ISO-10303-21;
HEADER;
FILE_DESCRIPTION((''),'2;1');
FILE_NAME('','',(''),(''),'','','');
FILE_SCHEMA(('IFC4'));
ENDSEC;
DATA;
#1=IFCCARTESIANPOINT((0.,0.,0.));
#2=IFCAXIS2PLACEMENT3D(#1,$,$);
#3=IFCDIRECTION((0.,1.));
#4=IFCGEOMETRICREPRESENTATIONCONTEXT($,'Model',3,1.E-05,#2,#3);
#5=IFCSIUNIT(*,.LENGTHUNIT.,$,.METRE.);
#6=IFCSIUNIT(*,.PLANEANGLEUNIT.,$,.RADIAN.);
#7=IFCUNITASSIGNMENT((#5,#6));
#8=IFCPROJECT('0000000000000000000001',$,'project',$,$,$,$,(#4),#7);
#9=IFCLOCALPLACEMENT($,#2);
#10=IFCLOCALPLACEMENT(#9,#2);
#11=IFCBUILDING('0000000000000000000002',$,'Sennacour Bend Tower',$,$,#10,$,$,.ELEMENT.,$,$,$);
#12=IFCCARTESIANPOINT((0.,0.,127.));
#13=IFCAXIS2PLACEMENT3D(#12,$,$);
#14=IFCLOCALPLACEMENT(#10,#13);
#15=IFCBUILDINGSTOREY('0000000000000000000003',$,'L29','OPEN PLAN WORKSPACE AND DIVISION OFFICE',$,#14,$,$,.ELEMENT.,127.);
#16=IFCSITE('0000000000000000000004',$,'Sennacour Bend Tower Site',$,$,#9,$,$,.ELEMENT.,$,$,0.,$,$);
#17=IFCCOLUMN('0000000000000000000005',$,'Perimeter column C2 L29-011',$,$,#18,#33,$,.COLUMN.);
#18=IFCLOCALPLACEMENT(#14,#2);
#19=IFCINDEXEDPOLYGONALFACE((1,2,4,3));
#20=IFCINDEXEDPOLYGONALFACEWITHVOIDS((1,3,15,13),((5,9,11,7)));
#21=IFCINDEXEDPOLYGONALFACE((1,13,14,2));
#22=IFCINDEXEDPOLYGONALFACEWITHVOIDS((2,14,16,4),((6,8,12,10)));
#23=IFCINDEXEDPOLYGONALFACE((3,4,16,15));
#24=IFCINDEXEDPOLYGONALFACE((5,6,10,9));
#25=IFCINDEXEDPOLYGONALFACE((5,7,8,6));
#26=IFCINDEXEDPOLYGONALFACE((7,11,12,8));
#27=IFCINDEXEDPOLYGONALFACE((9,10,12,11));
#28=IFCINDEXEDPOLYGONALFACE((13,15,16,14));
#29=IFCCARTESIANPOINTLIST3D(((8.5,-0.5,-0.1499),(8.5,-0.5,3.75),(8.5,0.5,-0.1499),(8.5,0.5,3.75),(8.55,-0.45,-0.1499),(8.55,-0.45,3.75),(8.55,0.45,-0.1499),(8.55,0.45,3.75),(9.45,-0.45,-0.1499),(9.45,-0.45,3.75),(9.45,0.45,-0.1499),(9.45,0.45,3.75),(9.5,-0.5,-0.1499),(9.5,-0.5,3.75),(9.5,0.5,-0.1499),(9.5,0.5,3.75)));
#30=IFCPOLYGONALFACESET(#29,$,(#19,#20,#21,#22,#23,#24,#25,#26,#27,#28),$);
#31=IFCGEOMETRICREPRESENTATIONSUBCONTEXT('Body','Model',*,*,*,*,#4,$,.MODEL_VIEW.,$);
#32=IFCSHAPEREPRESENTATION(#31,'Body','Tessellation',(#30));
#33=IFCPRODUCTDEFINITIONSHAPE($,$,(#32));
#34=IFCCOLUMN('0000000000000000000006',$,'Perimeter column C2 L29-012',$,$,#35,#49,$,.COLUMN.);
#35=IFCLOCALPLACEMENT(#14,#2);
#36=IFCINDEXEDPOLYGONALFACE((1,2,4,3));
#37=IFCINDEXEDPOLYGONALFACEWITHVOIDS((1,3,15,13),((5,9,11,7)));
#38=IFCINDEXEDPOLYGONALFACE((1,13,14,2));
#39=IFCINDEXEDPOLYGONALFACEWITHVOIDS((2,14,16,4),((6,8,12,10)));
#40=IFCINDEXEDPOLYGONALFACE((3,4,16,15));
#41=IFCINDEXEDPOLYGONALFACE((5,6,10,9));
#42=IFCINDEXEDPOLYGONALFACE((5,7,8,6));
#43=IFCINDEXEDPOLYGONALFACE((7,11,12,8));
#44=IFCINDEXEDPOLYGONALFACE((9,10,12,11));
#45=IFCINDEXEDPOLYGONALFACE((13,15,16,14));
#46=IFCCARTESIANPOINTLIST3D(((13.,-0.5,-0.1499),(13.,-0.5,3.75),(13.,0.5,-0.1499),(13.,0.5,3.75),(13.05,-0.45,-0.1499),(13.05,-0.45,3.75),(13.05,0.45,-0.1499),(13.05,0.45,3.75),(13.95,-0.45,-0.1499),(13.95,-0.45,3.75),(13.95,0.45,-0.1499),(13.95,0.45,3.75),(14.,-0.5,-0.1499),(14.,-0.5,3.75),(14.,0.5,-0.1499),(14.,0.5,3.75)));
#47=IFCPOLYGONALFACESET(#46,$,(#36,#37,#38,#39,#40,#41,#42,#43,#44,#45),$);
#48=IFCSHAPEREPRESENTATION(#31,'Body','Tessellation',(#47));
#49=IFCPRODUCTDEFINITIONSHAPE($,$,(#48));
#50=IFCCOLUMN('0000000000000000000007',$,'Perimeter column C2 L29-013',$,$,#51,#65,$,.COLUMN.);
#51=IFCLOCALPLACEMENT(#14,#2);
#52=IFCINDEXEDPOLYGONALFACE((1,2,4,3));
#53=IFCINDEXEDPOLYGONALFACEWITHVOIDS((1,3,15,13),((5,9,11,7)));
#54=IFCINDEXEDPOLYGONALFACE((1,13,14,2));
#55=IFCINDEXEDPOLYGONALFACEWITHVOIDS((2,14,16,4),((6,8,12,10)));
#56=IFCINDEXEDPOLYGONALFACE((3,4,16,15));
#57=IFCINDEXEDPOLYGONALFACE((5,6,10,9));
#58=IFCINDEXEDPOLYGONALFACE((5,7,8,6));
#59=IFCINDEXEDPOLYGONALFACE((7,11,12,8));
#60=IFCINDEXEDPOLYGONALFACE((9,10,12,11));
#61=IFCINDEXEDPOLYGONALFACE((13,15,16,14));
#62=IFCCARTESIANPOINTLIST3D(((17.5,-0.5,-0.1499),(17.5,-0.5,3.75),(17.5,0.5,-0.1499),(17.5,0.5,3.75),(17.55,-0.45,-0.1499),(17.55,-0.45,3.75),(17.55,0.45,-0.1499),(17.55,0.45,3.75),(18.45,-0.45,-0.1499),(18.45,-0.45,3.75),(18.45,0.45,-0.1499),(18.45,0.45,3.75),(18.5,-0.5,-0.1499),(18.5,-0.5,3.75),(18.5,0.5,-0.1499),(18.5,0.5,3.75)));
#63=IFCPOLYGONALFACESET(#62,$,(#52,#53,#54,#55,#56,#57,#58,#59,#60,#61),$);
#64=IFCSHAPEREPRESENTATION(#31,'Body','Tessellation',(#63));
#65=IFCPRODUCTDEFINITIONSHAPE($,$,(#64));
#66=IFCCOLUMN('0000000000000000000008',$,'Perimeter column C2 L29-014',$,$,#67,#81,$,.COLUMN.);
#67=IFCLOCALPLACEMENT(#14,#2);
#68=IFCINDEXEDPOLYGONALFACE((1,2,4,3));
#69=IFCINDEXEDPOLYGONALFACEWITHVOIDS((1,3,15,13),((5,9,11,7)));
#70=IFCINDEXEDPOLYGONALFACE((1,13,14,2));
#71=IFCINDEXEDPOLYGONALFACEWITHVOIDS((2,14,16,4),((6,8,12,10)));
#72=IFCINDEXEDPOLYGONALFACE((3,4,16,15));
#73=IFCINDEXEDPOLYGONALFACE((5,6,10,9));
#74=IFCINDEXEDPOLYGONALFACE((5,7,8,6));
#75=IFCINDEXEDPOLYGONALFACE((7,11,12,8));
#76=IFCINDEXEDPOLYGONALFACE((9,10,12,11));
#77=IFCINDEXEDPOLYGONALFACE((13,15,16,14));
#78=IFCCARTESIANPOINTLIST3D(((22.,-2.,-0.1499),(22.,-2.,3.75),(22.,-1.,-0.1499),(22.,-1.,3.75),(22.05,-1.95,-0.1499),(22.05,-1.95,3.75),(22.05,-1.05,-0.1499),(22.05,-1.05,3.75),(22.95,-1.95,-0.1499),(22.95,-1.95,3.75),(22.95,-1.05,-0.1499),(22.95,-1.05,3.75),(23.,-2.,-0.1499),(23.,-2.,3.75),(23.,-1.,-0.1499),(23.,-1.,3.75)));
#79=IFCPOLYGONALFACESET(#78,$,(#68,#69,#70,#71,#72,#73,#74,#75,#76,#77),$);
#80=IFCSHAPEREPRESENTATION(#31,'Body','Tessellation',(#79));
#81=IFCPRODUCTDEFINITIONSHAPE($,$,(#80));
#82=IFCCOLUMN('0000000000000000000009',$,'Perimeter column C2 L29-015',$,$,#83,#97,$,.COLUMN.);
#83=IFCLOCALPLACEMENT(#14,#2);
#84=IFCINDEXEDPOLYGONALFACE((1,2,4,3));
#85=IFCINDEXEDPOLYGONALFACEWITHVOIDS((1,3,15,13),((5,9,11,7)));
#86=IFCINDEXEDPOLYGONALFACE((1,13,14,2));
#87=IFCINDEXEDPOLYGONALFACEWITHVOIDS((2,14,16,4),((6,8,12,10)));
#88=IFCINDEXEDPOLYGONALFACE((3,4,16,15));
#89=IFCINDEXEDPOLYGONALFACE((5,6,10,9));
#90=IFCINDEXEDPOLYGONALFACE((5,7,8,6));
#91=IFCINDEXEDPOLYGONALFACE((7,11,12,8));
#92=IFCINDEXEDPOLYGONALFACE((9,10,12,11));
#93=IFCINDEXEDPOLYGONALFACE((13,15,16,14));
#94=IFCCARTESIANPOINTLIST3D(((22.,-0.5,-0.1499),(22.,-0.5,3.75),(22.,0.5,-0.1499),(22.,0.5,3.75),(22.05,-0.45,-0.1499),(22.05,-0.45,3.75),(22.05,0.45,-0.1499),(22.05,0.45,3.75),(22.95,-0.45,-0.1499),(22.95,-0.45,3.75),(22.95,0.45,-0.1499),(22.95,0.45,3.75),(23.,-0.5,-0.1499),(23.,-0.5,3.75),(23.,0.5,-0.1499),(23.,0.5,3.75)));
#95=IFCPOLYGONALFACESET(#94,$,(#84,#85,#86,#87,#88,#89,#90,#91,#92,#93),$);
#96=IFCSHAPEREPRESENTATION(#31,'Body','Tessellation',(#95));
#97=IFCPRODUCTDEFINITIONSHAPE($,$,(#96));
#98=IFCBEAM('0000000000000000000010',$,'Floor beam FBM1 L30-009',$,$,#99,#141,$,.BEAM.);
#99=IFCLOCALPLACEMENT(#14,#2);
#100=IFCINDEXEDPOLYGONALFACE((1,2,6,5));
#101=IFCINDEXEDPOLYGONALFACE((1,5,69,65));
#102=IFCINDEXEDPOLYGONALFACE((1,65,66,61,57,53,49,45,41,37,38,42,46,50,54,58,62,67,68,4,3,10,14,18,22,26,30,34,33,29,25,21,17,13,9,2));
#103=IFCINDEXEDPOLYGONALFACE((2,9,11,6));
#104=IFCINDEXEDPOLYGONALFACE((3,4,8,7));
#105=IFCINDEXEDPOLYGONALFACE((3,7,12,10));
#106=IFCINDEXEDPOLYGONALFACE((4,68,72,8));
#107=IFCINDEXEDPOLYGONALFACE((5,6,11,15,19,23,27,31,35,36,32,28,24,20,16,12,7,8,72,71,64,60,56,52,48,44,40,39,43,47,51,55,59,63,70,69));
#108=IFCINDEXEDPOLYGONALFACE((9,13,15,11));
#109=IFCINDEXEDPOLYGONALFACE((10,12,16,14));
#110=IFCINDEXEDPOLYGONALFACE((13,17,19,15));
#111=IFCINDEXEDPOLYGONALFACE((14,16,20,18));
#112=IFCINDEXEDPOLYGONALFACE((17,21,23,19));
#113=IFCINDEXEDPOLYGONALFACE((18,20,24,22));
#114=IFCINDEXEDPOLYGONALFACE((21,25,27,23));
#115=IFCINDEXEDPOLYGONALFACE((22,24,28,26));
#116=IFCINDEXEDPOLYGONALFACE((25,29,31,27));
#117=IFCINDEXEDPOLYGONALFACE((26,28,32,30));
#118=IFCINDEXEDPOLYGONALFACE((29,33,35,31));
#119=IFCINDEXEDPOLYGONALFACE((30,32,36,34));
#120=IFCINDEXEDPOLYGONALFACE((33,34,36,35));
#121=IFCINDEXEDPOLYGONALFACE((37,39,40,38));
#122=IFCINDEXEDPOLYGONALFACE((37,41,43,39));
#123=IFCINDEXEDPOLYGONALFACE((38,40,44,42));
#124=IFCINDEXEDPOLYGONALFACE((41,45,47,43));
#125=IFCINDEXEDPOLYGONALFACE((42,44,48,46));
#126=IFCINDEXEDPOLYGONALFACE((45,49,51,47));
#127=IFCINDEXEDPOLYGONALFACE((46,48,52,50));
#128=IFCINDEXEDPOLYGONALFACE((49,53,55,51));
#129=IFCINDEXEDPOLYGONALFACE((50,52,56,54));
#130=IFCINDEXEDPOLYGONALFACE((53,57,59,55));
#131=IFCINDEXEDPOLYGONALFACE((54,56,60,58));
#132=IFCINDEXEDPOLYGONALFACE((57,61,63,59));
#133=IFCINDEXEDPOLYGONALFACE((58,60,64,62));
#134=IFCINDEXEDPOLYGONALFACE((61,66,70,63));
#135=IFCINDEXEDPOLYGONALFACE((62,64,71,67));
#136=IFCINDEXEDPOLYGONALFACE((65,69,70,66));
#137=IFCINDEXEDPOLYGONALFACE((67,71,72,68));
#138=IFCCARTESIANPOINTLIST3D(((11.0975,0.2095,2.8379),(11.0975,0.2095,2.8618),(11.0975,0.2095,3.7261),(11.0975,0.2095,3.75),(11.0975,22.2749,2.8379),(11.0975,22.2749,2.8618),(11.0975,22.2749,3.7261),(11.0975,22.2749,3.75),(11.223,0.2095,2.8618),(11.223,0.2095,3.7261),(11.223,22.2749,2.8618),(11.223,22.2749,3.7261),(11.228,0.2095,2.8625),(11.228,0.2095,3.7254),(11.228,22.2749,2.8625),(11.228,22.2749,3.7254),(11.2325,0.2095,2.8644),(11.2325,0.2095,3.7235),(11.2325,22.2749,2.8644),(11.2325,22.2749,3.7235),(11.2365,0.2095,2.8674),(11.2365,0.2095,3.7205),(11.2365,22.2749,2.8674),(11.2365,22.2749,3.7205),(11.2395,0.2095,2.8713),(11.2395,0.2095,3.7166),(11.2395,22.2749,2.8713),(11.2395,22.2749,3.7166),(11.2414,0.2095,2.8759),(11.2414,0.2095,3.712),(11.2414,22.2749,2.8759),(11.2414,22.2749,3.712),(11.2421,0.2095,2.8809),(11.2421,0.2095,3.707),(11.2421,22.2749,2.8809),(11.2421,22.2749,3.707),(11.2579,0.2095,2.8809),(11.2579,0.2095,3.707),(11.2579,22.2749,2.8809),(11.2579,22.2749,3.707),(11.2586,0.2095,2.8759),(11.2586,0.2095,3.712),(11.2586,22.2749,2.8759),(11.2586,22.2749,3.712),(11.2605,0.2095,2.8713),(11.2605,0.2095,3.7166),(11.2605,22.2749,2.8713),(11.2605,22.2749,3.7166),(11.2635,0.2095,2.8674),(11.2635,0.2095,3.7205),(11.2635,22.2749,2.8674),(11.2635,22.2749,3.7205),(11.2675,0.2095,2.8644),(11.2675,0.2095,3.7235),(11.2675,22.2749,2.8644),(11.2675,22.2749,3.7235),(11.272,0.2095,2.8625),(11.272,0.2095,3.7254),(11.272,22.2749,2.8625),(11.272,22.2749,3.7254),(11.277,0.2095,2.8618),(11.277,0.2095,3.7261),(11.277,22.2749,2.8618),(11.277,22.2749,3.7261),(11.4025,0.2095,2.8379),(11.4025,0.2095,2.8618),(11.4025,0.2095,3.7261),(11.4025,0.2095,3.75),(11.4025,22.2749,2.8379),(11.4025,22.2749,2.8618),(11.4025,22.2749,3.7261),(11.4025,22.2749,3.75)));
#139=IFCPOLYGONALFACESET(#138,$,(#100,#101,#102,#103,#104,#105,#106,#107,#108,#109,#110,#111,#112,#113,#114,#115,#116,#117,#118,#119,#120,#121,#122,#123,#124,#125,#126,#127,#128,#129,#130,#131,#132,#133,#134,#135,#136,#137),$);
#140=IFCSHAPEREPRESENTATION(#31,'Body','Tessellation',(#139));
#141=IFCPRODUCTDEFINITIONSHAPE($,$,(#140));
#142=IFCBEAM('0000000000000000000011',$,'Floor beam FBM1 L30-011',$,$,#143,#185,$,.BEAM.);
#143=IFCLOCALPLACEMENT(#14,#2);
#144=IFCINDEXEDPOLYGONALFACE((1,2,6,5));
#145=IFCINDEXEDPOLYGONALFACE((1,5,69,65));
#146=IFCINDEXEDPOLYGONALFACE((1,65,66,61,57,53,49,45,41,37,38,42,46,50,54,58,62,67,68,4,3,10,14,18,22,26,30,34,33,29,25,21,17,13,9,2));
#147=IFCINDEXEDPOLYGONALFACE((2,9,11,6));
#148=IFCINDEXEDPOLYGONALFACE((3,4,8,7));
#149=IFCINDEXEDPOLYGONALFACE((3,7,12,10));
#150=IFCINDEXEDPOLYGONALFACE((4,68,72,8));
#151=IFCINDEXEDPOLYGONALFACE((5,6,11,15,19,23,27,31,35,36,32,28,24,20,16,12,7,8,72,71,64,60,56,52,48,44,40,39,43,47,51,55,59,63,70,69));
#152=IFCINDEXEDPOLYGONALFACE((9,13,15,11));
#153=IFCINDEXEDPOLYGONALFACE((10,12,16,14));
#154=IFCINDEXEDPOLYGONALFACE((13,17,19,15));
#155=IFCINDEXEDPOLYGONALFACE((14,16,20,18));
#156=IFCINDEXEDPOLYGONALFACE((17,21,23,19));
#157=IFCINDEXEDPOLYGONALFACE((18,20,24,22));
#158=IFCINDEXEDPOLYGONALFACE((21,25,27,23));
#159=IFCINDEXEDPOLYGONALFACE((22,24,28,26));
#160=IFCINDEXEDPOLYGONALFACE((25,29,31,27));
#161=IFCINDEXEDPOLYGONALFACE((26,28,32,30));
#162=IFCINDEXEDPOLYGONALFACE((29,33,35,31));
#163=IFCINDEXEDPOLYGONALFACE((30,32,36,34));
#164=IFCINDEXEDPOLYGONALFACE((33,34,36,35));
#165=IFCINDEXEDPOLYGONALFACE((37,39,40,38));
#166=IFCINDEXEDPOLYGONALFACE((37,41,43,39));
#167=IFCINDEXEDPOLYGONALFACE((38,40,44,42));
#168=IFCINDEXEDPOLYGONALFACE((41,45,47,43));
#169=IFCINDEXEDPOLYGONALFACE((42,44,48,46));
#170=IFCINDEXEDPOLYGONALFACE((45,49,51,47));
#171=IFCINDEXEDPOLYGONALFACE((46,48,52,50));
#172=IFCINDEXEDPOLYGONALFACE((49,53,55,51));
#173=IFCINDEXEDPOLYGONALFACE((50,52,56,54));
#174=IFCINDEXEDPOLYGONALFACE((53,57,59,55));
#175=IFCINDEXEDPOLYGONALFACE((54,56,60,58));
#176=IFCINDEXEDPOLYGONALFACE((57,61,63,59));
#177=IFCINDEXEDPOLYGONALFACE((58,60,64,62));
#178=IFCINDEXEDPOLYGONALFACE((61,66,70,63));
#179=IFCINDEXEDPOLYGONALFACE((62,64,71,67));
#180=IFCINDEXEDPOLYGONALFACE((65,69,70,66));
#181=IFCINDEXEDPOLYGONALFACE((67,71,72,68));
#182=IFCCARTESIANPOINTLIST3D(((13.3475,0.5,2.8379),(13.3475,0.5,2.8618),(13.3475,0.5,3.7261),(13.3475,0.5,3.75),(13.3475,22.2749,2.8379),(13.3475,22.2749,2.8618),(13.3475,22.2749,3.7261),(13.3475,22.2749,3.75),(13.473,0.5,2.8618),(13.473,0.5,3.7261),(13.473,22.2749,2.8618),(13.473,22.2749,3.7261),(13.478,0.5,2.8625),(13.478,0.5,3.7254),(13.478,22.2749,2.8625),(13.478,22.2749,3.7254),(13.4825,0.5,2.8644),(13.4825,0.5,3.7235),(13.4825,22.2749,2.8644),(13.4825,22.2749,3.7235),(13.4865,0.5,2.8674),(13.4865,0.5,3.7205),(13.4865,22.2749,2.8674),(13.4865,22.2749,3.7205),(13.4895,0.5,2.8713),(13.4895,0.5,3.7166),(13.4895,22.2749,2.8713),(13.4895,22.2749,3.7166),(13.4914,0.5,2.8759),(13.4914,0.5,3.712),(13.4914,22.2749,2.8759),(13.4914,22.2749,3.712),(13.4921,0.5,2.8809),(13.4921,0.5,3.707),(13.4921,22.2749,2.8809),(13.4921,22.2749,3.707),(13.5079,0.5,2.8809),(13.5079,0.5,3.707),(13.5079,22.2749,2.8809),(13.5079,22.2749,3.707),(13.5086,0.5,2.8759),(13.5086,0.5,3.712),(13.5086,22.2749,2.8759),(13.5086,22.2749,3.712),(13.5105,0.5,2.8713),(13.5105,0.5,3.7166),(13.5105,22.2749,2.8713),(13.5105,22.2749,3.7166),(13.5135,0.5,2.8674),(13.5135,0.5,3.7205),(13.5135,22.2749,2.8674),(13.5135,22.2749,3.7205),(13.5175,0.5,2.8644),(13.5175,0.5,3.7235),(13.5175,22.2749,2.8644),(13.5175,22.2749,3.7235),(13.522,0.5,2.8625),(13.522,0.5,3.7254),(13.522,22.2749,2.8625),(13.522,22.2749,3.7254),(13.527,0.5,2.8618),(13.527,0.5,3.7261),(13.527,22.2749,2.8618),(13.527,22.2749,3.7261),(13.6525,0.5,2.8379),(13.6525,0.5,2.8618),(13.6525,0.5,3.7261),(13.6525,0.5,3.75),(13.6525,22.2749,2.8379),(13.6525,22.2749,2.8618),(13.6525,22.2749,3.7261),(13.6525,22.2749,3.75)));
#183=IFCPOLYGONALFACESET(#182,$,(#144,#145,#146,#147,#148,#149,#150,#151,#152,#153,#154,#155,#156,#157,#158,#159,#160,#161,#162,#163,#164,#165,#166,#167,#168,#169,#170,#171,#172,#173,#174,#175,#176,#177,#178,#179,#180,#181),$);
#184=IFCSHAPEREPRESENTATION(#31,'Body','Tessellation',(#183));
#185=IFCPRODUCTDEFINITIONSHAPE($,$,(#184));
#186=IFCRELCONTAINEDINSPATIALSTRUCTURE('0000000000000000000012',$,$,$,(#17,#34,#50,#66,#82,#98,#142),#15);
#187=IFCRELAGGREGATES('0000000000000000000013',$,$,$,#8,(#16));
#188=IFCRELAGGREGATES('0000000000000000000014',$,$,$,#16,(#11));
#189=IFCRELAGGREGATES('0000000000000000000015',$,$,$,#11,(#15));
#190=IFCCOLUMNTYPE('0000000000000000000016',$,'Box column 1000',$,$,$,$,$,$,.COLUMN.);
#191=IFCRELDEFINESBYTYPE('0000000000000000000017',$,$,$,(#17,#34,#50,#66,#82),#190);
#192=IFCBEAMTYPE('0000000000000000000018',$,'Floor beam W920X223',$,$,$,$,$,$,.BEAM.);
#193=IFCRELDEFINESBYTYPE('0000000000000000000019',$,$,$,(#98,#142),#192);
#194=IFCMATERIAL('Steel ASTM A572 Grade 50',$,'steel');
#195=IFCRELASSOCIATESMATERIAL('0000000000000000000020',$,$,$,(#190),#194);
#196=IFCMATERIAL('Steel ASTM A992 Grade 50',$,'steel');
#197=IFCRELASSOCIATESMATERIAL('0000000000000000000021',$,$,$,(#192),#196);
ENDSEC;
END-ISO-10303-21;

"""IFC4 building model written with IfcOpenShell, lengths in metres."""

from ifc_helpers import new_model, si_unit, direction, frame, origin, origin_2d, place, context, subcontext, project, spatial, hollow_rectangle, i_section, extrude, material, material_profile, profile_set, type_object, element, save


model = new_model("IFC4")

# Units and contexts
model_context = context("Model", 3, precision=1e-05, world=origin(), true_north=direction((0.0, 1.0)))
body_context = subcontext(model_context, "Body", "Model", "MODEL_VIEW")
ifc_project = project(units=[si_unit("LENGTHUNIT", "METRE"), si_unit("PLANEANGLEUNIT", "RADIAN")], contexts=[model_context])

# Site, building, storey
site_placement = place(None, origin())
site = spatial("IfcSite", under=ifc_project, at=site_placement, Name="Sennacour Bend Tower Site", CompositionType="ELEMENT", RefElevation=0.0)
building_placement = place(site_placement, origin())
building = spatial("IfcBuilding", under=site, at=building_placement, Name="Sennacour Bend Tower", CompositionType="ELEMENT")
storey_placement = place(building_placement, frame((0.0, 0.0, 127.0)))
storey = spatial("IfcBuildingStorey", under=building, at=storey_placement, Name="L29", Description="OPEN PLAN WORKSPACE AND DIVISION OFFICE", CompositionType="ELEMENT", Elevation=127.0)

# Columns
ifc_material_1 = material(Name="Steel ASTM A572 Grade 50", Category="steel")
ifc_material_profile_1 = material_profile(ifc_material_1, hollow_rectangle(XDim=1.0, YDim=1.0, WallThickness=0.05, at=origin_2d()), Name="Steel ASTM A572 Grade 50", Category="steel")
ifc_profile_set_1 = profile_set([ifc_material_profile_1], Name="Steel ASTM A572 Grade 50")
column_type = type_object("IfcColumnType", Name="Box column 1000", PredefinedType="COLUMN", material=ifc_profile_set_1)
for number, where, z_axis, x_axis, name in (
    (1, (9.0, 0.0, -0.1499), (0.0, 0.0, 1.0), (1.0, 0.0, 0.0), "Perimeter column C2 L29-011"),
    (2, (13.5, 0.0, -0.1499), (0.0, 0.0, 1.0), (1.0, 0.0, 0.0), "Perimeter column C2 L29-012"),
    (3, (18.0, 0.0, -0.1499), (0.0, 0.0, 1.0), (1.0, 0.0, 0.0), "Perimeter column C2 L29-013"),
    (4, (22.5, -1.5, -0.1499), (0.0, 0.0, 1.0), (1.0, 0.0, 0.0), "Perimeter column C2 L29-014"),
    (5, (22.5, 0.0, -0.1499), (0.0, 0.0, 1.0), (1.0, 0.0, 0.0), "Perimeter column C2 L29-015"),
):
    element("IfcColumn", number, at=place(storey_placement, frame(where, z_axis=z_axis, x_axis=x_axis)), inside=storey, type_object=column_type, Name=name, PredefinedType="COLUMN", context=body_context, shape_type="SweptSolid", body=[
        extrude(hollow_rectangle(XDim=1.0, YDim=1.0, WallThickness=0.05, at=origin_2d()), origin(), (0.0, 0.0, 1.0), 3.8999),
    ])

# Beams
ifc_material_2 = material(Name="Steel ASTM A992 Grade 50", Category="steel")
ifc_material_profile_2 = material_profile(ifc_material_2, i_section(OverallWidth=0.3049, OverallDepth=0.9121, WebThickness=0.0159, FlangeThickness=0.0239, FilletRadius=0.019, at=origin_2d()), Name="Steel ASTM A992 Grade 50", Category="steel")
ifc_profile_set_2 = profile_set([ifc_material_profile_2], Name="Steel ASTM A992 Grade 50")
beam_type = type_object("IfcBeamType", Name="Floor beam W920X223", PredefinedType="BEAM", material=ifc_profile_set_2)
beam_1_placement = place(storey_placement, frame((11.25, 0.2095, 3.2939), z_axis=(0.0, 1.0, 0.0), x_axis=(-1.0, 0.0, 0.0)))
element("IfcBeam", 6, at=beam_1_placement, inside=storey, type_object=beam_type, Name="Floor beam FBM1 L30-009", PredefinedType="BEAM", context=body_context, shape_type="SweptSolid", body=[
    extrude(i_section(OverallWidth=0.3049, OverallDepth=0.9121, WebThickness=0.0159, FlangeThickness=0.0239, FilletRadius=0.019, at=origin_2d()), origin(), (0.0, 0.0, 1.0), 22.0654),
])
beam_2_placement = place(storey_placement, frame((13.5, 0.5, 3.2939), z_axis=(0.0, 1.0, 0.0), x_axis=(-1.0, 0.0, 0.0)))
element("IfcBeam", 7, at=beam_2_placement, inside=storey, type_object=beam_type, Name="Floor beam FBM1 L30-011", PredefinedType="BEAM", context=body_context, shape_type="SweptSolid", body=[
    extrude(i_section(OverallWidth=0.3049, OverallDepth=0.9121, WebThickness=0.0159, FlangeThickness=0.0239, FilletRadius=0.019, at=origin_2d()), origin(), (0.0, 0.0, 1.0), 21.7749),
])

save(model, "model.ifc")
